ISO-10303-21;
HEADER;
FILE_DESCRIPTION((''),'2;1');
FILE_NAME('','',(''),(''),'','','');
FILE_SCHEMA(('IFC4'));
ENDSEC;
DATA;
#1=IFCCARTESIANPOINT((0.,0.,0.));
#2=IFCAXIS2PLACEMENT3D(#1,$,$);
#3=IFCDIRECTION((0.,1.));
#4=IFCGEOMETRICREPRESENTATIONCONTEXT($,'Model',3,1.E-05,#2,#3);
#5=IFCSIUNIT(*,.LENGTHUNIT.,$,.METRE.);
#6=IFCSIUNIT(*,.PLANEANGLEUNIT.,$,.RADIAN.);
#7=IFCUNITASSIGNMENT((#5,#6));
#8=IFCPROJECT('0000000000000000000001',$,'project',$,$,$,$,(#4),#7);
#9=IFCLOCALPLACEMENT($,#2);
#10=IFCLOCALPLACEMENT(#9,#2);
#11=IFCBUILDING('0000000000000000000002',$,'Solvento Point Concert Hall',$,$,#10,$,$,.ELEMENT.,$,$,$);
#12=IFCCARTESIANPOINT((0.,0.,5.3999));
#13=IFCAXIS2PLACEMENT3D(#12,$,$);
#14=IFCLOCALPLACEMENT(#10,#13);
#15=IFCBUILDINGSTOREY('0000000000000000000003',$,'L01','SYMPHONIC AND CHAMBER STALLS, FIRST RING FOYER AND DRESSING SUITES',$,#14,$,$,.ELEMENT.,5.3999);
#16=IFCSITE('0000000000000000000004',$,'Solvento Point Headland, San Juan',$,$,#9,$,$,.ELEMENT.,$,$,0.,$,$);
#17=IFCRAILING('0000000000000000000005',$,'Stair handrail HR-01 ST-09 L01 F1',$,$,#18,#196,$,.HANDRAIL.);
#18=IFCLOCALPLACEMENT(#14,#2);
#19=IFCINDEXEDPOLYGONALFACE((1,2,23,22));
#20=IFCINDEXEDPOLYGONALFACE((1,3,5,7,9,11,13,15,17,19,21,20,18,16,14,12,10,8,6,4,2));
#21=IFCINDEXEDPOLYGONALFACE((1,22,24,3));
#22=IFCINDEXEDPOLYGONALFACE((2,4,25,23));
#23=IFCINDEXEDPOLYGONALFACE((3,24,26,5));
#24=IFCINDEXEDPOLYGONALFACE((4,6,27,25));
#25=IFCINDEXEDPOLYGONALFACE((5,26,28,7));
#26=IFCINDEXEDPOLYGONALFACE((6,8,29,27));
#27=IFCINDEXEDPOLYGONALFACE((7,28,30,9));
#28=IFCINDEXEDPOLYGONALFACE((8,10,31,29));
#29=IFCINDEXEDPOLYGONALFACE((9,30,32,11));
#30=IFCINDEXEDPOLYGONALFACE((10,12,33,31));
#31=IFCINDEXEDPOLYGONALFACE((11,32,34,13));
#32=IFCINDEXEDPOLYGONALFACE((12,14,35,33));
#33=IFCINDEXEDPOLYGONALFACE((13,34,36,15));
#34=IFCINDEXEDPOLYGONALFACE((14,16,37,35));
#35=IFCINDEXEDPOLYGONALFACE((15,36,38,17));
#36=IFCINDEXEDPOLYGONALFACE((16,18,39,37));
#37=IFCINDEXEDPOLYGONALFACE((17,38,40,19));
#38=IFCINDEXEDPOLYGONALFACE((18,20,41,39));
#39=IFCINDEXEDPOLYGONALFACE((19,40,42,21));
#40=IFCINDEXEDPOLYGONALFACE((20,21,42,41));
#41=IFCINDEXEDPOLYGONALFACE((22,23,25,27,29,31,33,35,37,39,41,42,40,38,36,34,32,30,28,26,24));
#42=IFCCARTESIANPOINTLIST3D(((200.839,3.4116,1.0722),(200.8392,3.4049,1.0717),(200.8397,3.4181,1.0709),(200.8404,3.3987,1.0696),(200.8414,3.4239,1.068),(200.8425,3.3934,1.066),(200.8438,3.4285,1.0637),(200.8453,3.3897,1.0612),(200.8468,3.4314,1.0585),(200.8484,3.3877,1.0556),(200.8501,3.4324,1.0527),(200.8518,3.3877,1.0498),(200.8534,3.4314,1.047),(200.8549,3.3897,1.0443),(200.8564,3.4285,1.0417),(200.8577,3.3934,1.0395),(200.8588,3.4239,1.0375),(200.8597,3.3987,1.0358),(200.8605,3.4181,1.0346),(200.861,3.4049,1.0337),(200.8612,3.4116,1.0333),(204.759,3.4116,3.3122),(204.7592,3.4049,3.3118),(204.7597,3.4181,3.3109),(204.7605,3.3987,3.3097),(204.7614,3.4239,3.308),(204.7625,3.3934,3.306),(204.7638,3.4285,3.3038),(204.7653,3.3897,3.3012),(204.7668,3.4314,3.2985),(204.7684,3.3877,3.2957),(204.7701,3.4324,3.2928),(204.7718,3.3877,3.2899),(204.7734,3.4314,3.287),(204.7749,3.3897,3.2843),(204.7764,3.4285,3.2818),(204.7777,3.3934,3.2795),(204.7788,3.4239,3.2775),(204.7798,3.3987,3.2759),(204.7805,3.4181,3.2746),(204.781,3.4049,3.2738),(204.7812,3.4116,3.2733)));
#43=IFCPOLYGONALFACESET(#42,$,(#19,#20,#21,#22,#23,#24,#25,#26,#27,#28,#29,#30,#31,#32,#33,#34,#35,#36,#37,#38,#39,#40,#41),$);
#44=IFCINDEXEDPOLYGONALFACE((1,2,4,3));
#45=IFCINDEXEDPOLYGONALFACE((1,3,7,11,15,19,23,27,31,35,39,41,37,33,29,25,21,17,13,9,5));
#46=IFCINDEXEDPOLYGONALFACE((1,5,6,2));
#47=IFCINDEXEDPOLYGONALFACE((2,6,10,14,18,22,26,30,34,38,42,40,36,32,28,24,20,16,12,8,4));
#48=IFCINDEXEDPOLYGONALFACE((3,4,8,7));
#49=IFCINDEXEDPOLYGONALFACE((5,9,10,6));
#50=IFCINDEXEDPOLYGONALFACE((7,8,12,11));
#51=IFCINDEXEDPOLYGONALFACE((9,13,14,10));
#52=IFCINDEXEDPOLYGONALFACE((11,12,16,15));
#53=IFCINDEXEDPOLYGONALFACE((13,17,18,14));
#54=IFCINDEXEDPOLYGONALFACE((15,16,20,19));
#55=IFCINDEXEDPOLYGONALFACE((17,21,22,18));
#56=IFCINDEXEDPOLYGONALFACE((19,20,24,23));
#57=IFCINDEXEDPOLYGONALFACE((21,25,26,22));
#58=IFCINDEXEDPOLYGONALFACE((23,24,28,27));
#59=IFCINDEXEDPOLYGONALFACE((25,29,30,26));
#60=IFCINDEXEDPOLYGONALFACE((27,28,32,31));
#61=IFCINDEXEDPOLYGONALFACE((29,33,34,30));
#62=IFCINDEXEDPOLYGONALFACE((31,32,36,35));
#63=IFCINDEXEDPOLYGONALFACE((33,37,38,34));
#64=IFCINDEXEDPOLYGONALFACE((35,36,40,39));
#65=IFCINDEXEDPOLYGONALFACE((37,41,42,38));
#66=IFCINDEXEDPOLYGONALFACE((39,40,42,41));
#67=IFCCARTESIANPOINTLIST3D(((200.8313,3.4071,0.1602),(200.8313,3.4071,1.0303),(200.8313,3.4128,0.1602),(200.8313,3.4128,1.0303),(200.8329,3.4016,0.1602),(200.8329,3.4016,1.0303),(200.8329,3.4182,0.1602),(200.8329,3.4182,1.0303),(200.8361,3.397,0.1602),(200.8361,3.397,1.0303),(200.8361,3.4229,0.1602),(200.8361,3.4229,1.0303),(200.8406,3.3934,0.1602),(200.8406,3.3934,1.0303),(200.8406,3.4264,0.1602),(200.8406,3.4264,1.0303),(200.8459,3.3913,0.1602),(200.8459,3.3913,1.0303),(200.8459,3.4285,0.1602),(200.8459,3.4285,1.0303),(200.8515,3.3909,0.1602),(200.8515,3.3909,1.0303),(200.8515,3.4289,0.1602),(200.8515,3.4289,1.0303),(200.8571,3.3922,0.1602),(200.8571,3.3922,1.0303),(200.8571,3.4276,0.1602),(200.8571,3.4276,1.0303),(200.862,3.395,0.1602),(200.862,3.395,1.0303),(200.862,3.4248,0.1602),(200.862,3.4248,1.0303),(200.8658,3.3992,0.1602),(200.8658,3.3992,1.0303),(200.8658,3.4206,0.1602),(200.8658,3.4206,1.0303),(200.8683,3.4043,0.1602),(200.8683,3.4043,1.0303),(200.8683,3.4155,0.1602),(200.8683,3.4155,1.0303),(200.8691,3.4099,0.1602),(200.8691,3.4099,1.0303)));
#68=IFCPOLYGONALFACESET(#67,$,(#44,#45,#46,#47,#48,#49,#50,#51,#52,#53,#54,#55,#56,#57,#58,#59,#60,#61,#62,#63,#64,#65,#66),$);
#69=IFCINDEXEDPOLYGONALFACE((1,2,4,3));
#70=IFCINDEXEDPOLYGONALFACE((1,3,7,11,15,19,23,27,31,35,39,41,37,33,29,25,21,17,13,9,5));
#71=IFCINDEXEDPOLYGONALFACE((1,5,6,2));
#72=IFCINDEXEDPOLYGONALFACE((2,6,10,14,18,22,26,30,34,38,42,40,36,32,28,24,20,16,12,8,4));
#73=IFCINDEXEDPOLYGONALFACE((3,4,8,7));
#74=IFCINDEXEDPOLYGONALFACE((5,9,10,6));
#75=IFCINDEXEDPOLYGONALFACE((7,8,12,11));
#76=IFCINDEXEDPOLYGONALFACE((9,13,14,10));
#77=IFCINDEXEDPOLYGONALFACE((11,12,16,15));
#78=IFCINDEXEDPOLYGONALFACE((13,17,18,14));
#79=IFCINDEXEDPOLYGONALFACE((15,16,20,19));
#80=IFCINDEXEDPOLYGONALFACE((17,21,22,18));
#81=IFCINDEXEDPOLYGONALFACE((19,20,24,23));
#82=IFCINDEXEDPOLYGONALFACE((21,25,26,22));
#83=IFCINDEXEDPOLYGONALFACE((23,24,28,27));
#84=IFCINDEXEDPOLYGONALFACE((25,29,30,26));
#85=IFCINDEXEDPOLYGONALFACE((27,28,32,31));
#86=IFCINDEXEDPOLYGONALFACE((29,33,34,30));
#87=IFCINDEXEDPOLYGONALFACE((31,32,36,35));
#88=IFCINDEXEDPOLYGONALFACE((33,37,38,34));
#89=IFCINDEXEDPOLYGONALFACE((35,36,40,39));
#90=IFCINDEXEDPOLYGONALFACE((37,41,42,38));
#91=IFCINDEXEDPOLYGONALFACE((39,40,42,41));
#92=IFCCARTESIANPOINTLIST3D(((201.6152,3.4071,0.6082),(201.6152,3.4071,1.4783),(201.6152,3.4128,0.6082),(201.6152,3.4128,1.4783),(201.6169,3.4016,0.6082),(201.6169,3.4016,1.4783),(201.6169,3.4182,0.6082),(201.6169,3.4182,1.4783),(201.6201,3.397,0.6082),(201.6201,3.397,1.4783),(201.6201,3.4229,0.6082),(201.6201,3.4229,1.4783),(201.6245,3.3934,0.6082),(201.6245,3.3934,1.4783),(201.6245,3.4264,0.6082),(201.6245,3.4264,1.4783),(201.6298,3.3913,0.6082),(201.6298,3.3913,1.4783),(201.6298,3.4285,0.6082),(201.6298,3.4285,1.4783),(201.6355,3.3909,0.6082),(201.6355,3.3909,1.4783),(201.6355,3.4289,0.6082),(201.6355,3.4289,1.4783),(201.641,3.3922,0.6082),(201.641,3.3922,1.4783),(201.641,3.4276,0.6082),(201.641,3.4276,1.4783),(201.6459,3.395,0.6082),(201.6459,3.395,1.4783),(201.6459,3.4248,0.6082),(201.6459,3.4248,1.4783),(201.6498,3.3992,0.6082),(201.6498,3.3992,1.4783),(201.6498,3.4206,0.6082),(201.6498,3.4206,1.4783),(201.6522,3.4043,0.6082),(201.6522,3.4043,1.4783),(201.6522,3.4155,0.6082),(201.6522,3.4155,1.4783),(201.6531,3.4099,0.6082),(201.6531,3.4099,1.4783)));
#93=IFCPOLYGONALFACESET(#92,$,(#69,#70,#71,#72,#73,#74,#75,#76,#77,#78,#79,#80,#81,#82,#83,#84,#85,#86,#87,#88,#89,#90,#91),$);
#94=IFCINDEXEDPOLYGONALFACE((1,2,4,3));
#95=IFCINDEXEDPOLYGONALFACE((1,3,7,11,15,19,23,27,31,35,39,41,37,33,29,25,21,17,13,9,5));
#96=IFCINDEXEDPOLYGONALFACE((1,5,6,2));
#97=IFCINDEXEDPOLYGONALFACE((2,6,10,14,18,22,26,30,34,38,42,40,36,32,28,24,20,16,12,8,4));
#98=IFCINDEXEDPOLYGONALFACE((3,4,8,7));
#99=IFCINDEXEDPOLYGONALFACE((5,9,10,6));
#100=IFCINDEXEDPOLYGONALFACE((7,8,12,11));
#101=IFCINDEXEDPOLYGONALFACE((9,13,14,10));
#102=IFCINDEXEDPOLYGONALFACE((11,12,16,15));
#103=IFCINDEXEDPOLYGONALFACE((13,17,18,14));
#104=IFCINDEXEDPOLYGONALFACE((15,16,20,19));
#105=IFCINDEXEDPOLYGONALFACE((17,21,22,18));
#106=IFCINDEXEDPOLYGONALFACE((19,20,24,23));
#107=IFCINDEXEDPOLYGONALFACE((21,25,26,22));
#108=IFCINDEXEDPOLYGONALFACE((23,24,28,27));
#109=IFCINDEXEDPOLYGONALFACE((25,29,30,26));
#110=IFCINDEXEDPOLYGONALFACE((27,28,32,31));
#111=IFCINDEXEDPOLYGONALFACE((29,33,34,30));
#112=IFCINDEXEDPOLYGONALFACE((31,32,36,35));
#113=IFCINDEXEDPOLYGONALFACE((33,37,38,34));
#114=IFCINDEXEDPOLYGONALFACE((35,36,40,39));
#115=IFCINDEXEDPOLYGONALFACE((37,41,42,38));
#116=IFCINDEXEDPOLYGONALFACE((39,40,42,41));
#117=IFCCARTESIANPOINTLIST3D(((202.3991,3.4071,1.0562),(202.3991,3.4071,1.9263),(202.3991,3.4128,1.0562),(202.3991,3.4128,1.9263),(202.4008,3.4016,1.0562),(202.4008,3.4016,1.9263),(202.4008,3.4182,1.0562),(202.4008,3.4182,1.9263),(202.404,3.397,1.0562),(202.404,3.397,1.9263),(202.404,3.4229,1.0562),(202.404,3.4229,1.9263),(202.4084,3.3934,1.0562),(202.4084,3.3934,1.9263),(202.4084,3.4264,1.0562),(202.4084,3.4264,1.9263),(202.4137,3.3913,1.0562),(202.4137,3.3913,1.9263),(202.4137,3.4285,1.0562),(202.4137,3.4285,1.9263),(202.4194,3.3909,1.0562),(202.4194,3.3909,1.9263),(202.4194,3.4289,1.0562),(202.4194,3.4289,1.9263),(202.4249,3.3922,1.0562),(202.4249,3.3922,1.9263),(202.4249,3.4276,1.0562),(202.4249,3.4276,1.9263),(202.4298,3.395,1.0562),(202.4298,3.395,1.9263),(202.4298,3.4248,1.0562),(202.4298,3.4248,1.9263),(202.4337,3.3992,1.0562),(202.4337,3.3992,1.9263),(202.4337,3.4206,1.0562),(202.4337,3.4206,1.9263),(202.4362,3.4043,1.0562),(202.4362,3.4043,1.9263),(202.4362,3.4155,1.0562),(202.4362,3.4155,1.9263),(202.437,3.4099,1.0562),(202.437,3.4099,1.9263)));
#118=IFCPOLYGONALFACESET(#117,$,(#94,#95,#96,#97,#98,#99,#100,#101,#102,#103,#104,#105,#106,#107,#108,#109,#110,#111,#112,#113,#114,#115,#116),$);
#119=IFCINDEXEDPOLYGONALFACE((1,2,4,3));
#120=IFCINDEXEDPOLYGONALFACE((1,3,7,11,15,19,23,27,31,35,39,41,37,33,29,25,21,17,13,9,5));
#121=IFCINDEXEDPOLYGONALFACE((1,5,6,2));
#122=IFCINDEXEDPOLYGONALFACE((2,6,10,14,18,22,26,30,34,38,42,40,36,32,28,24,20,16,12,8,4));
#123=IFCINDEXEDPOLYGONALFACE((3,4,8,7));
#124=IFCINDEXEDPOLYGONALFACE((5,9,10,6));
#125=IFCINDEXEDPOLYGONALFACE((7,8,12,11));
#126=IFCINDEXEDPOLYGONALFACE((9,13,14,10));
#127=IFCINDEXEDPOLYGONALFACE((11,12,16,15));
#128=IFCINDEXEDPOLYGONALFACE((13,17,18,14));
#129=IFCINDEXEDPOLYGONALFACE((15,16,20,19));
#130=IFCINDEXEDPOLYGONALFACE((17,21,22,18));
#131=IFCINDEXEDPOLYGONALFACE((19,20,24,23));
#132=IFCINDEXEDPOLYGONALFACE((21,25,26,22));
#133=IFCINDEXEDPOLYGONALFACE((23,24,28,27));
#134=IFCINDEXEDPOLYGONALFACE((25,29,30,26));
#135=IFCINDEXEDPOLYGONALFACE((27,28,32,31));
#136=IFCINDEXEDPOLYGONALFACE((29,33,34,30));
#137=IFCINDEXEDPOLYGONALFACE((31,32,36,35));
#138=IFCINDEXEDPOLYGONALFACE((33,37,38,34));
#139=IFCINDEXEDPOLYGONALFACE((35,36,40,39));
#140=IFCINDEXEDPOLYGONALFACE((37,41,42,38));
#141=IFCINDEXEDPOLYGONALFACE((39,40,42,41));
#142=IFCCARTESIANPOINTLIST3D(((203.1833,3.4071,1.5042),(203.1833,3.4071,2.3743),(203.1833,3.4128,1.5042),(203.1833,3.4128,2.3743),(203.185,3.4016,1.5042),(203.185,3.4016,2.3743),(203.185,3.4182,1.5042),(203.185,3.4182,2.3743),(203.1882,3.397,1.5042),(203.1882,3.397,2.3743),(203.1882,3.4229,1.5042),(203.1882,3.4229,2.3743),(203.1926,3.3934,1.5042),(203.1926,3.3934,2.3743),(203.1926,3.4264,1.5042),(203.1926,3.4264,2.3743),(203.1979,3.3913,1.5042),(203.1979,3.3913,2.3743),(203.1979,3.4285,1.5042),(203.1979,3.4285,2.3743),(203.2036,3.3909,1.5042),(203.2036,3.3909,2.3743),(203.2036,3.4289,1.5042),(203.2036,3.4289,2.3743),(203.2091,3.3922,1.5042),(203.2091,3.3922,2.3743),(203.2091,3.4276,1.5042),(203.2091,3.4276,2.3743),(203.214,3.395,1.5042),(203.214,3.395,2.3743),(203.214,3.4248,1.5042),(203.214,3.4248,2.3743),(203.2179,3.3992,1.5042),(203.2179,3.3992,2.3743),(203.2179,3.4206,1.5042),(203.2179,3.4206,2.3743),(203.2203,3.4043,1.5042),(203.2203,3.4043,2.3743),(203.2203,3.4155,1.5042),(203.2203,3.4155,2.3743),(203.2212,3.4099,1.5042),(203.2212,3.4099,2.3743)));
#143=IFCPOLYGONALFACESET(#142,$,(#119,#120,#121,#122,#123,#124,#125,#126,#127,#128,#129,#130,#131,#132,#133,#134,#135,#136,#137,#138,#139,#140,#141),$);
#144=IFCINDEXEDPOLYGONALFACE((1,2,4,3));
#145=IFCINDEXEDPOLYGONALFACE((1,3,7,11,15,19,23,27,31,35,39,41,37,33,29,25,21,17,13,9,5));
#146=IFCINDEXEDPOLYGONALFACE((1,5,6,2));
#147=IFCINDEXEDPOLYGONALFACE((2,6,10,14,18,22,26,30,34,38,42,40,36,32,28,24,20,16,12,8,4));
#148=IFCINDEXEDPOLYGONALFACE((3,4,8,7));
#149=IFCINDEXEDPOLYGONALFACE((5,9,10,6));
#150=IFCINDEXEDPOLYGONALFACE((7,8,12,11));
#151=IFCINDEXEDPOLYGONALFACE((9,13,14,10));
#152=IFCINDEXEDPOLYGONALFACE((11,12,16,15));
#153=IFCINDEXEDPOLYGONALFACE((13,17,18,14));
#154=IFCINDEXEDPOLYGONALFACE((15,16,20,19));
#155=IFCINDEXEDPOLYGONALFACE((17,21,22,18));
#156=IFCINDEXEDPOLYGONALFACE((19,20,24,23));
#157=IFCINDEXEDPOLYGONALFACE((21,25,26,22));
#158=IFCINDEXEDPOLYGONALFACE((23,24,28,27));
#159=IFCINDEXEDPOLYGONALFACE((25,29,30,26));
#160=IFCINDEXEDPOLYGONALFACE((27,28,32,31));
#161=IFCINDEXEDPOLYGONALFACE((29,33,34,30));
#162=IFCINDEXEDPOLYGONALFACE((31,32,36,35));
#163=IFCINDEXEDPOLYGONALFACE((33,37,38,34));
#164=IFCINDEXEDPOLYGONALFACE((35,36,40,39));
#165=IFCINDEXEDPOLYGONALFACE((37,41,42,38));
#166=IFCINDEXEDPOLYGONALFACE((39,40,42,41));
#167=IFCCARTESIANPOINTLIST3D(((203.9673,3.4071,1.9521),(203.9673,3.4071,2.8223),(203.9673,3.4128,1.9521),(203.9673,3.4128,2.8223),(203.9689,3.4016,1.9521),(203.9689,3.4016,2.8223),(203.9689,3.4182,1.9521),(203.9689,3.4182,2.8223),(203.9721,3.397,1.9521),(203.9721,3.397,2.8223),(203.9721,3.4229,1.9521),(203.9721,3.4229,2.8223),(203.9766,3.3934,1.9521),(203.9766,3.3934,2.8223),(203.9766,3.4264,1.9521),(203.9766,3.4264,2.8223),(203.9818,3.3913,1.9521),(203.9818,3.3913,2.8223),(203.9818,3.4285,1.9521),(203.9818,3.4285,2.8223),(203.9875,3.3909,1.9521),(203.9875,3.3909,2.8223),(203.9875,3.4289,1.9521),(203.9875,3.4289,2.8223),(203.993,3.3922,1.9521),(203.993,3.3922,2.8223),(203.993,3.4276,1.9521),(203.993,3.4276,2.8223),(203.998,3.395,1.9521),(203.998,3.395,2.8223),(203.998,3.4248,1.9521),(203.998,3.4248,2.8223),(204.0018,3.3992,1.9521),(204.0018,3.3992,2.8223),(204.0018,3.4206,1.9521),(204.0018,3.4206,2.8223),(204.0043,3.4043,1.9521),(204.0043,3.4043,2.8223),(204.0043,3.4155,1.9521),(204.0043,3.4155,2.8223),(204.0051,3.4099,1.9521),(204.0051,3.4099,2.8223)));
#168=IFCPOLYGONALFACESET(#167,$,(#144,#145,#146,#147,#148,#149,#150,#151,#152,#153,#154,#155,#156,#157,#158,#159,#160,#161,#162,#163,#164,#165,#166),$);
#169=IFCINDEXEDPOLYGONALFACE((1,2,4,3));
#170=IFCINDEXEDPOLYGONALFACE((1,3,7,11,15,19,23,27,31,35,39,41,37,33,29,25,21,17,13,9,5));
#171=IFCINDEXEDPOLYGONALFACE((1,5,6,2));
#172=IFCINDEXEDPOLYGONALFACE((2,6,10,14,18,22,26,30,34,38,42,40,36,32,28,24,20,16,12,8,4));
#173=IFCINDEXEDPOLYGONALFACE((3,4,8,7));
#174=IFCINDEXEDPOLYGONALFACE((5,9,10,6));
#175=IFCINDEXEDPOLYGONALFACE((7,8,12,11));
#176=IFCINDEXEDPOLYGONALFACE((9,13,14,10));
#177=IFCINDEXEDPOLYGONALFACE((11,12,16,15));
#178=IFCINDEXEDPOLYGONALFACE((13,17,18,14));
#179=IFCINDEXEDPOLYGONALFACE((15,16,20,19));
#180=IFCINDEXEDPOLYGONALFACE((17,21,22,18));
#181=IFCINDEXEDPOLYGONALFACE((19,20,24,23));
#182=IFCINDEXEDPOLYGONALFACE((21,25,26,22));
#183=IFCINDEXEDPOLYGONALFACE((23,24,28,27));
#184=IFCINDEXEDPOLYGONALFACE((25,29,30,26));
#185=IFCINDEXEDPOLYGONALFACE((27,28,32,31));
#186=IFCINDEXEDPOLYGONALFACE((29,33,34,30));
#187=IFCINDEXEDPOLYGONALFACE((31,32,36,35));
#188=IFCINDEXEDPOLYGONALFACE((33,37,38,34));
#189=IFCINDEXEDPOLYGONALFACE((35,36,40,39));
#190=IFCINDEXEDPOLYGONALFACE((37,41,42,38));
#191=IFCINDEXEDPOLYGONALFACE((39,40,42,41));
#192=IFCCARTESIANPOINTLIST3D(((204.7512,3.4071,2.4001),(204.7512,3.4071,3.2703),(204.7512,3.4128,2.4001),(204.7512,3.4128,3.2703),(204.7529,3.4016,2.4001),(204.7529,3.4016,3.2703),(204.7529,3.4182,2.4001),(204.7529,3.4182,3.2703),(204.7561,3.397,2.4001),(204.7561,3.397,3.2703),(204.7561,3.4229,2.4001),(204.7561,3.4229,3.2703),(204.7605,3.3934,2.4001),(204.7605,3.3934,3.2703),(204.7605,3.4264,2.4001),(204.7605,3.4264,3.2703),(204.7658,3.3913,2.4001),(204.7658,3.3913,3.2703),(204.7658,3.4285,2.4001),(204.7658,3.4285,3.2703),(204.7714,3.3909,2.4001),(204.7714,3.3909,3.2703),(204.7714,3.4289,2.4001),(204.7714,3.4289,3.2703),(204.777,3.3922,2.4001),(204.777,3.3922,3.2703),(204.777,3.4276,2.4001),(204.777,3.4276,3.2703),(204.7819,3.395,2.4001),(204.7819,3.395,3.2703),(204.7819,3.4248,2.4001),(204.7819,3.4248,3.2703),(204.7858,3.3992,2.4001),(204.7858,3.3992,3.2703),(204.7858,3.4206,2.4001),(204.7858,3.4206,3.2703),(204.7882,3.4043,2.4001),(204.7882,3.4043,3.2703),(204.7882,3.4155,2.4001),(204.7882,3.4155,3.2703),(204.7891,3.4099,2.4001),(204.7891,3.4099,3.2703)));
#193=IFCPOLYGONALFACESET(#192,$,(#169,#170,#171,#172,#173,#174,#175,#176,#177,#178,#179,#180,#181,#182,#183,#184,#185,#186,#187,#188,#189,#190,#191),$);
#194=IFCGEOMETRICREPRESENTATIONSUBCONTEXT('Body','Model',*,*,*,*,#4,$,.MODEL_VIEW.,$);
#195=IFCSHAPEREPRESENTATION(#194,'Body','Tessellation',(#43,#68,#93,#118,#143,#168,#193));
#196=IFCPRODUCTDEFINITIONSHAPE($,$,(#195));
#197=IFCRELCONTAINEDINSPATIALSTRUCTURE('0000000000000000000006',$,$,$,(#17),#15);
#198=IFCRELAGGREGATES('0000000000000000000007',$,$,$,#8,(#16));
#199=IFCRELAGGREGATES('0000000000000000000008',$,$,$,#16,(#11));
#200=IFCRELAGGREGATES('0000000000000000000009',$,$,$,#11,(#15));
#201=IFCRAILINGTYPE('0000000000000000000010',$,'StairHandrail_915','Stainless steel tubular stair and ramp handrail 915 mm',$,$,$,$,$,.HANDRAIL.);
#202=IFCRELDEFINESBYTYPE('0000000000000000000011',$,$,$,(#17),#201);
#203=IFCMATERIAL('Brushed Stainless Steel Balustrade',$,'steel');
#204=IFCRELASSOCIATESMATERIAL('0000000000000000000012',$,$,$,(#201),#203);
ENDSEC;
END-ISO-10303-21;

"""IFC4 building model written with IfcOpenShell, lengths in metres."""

from ifc_helpers import new_model, si_unit, direction, frame, origin, origin_2d, place, context, subcontext, project, spatial, circle, extrude, material, type_object, element, save


model = new_model("IFC4")

# Units and contexts
model_context = context("Model", 3, precision=1e-05, world=origin(), true_north=direction((0.0, 1.0)))
body_context = subcontext(model_context, "Body", "Model", "MODEL_VIEW")
ifc_project = project(units=[si_unit("LENGTHUNIT", "METRE"), si_unit("PLANEANGLEUNIT", "RADIAN")], contexts=[model_context])

# Site, building, storey
site_placement = place(None, origin())
site = spatial("IfcSite", under=ifc_project, at=site_placement, Name="Solvento Point Headland, San Juan", CompositionType="ELEMENT", RefElevation=0.0)
building_placement = place(site_placement, origin())
building = spatial("IfcBuilding", under=site, at=building_placement, Name="Solvento Point Concert Hall", CompositionType="ELEMENT")
storey_placement = place(building_placement, frame((0.0, 0.0, 5.3999)))
storey = spatial("IfcBuildingStorey", under=building, at=storey_placement, Name="L01", Description="SYMPHONIC AND CHAMBER STALLS, FIRST RING FOYER AND DRESSING SUITES", CompositionType="ELEMENT", Elevation=5.3999)

# Railing
ifc_material_1 = material(Name="Brushed Stainless Steel Balustrade", Category="steel")
railing_type_1 = type_object("IfcRailingType", Name="StairHandrail_915", Description="Stainless steel tubular stair and ramp handrail 915 mm", PredefinedType="HANDRAIL", material=ifc_material_1)
railing_1_placement = place(storey_placement, frame((200.8501, 3.4099, 0.1602)))
element("IfcRailing", 1, at=railing_1_placement, inside=storey, type_object=railing_type_1, Name="Stair handrail HR-01 ST-09 L01 F1", PredefinedType="HANDRAIL", context=body_context, shape_type="SweptSolid", body=[
    extrude(circle(Radius=0.0225, at=origin_2d()), frame((0.0, 0.0, 0.8926), z_axis=(0.86824, 0.0, 0.496145), x_axis=(0.0, 1.0, 0.0)), (0.0, 0.0, 1.0), 4.5149),
    extrude(circle(Radius=0.019, at=origin_2d()), origin(), (0.0, 0.0, 1.0), 0.8701),
    extrude(circle(Radius=0.019, at=origin_2d()), frame((0.7839, 0.0, 0.448)), (0.0, 0.0, 1.0), 0.8701),
    extrude(circle(Radius=0.019, at=origin_2d()), frame((1.5679, 0.0, 0.896)), (0.0, 0.0, 1.0), 0.8701),
    extrude(circle(Radius=0.019, at=origin_2d()), frame((2.3521, 0.0, 1.344)), (0.0, 0.0, 1.0), 0.8701),
    extrude(circle(Radius=0.019, at=origin_2d()), frame((3.136, 0.0, 1.792)), (0.0, 0.0, 1.0), 0.8701),
    extrude(circle(Radius=0.019, at=origin_2d()), frame((3.9199, 0.0, 2.24)), (0.0, 0.0, 1.0), 0.8701),
])

save(model, "model.ifc")
